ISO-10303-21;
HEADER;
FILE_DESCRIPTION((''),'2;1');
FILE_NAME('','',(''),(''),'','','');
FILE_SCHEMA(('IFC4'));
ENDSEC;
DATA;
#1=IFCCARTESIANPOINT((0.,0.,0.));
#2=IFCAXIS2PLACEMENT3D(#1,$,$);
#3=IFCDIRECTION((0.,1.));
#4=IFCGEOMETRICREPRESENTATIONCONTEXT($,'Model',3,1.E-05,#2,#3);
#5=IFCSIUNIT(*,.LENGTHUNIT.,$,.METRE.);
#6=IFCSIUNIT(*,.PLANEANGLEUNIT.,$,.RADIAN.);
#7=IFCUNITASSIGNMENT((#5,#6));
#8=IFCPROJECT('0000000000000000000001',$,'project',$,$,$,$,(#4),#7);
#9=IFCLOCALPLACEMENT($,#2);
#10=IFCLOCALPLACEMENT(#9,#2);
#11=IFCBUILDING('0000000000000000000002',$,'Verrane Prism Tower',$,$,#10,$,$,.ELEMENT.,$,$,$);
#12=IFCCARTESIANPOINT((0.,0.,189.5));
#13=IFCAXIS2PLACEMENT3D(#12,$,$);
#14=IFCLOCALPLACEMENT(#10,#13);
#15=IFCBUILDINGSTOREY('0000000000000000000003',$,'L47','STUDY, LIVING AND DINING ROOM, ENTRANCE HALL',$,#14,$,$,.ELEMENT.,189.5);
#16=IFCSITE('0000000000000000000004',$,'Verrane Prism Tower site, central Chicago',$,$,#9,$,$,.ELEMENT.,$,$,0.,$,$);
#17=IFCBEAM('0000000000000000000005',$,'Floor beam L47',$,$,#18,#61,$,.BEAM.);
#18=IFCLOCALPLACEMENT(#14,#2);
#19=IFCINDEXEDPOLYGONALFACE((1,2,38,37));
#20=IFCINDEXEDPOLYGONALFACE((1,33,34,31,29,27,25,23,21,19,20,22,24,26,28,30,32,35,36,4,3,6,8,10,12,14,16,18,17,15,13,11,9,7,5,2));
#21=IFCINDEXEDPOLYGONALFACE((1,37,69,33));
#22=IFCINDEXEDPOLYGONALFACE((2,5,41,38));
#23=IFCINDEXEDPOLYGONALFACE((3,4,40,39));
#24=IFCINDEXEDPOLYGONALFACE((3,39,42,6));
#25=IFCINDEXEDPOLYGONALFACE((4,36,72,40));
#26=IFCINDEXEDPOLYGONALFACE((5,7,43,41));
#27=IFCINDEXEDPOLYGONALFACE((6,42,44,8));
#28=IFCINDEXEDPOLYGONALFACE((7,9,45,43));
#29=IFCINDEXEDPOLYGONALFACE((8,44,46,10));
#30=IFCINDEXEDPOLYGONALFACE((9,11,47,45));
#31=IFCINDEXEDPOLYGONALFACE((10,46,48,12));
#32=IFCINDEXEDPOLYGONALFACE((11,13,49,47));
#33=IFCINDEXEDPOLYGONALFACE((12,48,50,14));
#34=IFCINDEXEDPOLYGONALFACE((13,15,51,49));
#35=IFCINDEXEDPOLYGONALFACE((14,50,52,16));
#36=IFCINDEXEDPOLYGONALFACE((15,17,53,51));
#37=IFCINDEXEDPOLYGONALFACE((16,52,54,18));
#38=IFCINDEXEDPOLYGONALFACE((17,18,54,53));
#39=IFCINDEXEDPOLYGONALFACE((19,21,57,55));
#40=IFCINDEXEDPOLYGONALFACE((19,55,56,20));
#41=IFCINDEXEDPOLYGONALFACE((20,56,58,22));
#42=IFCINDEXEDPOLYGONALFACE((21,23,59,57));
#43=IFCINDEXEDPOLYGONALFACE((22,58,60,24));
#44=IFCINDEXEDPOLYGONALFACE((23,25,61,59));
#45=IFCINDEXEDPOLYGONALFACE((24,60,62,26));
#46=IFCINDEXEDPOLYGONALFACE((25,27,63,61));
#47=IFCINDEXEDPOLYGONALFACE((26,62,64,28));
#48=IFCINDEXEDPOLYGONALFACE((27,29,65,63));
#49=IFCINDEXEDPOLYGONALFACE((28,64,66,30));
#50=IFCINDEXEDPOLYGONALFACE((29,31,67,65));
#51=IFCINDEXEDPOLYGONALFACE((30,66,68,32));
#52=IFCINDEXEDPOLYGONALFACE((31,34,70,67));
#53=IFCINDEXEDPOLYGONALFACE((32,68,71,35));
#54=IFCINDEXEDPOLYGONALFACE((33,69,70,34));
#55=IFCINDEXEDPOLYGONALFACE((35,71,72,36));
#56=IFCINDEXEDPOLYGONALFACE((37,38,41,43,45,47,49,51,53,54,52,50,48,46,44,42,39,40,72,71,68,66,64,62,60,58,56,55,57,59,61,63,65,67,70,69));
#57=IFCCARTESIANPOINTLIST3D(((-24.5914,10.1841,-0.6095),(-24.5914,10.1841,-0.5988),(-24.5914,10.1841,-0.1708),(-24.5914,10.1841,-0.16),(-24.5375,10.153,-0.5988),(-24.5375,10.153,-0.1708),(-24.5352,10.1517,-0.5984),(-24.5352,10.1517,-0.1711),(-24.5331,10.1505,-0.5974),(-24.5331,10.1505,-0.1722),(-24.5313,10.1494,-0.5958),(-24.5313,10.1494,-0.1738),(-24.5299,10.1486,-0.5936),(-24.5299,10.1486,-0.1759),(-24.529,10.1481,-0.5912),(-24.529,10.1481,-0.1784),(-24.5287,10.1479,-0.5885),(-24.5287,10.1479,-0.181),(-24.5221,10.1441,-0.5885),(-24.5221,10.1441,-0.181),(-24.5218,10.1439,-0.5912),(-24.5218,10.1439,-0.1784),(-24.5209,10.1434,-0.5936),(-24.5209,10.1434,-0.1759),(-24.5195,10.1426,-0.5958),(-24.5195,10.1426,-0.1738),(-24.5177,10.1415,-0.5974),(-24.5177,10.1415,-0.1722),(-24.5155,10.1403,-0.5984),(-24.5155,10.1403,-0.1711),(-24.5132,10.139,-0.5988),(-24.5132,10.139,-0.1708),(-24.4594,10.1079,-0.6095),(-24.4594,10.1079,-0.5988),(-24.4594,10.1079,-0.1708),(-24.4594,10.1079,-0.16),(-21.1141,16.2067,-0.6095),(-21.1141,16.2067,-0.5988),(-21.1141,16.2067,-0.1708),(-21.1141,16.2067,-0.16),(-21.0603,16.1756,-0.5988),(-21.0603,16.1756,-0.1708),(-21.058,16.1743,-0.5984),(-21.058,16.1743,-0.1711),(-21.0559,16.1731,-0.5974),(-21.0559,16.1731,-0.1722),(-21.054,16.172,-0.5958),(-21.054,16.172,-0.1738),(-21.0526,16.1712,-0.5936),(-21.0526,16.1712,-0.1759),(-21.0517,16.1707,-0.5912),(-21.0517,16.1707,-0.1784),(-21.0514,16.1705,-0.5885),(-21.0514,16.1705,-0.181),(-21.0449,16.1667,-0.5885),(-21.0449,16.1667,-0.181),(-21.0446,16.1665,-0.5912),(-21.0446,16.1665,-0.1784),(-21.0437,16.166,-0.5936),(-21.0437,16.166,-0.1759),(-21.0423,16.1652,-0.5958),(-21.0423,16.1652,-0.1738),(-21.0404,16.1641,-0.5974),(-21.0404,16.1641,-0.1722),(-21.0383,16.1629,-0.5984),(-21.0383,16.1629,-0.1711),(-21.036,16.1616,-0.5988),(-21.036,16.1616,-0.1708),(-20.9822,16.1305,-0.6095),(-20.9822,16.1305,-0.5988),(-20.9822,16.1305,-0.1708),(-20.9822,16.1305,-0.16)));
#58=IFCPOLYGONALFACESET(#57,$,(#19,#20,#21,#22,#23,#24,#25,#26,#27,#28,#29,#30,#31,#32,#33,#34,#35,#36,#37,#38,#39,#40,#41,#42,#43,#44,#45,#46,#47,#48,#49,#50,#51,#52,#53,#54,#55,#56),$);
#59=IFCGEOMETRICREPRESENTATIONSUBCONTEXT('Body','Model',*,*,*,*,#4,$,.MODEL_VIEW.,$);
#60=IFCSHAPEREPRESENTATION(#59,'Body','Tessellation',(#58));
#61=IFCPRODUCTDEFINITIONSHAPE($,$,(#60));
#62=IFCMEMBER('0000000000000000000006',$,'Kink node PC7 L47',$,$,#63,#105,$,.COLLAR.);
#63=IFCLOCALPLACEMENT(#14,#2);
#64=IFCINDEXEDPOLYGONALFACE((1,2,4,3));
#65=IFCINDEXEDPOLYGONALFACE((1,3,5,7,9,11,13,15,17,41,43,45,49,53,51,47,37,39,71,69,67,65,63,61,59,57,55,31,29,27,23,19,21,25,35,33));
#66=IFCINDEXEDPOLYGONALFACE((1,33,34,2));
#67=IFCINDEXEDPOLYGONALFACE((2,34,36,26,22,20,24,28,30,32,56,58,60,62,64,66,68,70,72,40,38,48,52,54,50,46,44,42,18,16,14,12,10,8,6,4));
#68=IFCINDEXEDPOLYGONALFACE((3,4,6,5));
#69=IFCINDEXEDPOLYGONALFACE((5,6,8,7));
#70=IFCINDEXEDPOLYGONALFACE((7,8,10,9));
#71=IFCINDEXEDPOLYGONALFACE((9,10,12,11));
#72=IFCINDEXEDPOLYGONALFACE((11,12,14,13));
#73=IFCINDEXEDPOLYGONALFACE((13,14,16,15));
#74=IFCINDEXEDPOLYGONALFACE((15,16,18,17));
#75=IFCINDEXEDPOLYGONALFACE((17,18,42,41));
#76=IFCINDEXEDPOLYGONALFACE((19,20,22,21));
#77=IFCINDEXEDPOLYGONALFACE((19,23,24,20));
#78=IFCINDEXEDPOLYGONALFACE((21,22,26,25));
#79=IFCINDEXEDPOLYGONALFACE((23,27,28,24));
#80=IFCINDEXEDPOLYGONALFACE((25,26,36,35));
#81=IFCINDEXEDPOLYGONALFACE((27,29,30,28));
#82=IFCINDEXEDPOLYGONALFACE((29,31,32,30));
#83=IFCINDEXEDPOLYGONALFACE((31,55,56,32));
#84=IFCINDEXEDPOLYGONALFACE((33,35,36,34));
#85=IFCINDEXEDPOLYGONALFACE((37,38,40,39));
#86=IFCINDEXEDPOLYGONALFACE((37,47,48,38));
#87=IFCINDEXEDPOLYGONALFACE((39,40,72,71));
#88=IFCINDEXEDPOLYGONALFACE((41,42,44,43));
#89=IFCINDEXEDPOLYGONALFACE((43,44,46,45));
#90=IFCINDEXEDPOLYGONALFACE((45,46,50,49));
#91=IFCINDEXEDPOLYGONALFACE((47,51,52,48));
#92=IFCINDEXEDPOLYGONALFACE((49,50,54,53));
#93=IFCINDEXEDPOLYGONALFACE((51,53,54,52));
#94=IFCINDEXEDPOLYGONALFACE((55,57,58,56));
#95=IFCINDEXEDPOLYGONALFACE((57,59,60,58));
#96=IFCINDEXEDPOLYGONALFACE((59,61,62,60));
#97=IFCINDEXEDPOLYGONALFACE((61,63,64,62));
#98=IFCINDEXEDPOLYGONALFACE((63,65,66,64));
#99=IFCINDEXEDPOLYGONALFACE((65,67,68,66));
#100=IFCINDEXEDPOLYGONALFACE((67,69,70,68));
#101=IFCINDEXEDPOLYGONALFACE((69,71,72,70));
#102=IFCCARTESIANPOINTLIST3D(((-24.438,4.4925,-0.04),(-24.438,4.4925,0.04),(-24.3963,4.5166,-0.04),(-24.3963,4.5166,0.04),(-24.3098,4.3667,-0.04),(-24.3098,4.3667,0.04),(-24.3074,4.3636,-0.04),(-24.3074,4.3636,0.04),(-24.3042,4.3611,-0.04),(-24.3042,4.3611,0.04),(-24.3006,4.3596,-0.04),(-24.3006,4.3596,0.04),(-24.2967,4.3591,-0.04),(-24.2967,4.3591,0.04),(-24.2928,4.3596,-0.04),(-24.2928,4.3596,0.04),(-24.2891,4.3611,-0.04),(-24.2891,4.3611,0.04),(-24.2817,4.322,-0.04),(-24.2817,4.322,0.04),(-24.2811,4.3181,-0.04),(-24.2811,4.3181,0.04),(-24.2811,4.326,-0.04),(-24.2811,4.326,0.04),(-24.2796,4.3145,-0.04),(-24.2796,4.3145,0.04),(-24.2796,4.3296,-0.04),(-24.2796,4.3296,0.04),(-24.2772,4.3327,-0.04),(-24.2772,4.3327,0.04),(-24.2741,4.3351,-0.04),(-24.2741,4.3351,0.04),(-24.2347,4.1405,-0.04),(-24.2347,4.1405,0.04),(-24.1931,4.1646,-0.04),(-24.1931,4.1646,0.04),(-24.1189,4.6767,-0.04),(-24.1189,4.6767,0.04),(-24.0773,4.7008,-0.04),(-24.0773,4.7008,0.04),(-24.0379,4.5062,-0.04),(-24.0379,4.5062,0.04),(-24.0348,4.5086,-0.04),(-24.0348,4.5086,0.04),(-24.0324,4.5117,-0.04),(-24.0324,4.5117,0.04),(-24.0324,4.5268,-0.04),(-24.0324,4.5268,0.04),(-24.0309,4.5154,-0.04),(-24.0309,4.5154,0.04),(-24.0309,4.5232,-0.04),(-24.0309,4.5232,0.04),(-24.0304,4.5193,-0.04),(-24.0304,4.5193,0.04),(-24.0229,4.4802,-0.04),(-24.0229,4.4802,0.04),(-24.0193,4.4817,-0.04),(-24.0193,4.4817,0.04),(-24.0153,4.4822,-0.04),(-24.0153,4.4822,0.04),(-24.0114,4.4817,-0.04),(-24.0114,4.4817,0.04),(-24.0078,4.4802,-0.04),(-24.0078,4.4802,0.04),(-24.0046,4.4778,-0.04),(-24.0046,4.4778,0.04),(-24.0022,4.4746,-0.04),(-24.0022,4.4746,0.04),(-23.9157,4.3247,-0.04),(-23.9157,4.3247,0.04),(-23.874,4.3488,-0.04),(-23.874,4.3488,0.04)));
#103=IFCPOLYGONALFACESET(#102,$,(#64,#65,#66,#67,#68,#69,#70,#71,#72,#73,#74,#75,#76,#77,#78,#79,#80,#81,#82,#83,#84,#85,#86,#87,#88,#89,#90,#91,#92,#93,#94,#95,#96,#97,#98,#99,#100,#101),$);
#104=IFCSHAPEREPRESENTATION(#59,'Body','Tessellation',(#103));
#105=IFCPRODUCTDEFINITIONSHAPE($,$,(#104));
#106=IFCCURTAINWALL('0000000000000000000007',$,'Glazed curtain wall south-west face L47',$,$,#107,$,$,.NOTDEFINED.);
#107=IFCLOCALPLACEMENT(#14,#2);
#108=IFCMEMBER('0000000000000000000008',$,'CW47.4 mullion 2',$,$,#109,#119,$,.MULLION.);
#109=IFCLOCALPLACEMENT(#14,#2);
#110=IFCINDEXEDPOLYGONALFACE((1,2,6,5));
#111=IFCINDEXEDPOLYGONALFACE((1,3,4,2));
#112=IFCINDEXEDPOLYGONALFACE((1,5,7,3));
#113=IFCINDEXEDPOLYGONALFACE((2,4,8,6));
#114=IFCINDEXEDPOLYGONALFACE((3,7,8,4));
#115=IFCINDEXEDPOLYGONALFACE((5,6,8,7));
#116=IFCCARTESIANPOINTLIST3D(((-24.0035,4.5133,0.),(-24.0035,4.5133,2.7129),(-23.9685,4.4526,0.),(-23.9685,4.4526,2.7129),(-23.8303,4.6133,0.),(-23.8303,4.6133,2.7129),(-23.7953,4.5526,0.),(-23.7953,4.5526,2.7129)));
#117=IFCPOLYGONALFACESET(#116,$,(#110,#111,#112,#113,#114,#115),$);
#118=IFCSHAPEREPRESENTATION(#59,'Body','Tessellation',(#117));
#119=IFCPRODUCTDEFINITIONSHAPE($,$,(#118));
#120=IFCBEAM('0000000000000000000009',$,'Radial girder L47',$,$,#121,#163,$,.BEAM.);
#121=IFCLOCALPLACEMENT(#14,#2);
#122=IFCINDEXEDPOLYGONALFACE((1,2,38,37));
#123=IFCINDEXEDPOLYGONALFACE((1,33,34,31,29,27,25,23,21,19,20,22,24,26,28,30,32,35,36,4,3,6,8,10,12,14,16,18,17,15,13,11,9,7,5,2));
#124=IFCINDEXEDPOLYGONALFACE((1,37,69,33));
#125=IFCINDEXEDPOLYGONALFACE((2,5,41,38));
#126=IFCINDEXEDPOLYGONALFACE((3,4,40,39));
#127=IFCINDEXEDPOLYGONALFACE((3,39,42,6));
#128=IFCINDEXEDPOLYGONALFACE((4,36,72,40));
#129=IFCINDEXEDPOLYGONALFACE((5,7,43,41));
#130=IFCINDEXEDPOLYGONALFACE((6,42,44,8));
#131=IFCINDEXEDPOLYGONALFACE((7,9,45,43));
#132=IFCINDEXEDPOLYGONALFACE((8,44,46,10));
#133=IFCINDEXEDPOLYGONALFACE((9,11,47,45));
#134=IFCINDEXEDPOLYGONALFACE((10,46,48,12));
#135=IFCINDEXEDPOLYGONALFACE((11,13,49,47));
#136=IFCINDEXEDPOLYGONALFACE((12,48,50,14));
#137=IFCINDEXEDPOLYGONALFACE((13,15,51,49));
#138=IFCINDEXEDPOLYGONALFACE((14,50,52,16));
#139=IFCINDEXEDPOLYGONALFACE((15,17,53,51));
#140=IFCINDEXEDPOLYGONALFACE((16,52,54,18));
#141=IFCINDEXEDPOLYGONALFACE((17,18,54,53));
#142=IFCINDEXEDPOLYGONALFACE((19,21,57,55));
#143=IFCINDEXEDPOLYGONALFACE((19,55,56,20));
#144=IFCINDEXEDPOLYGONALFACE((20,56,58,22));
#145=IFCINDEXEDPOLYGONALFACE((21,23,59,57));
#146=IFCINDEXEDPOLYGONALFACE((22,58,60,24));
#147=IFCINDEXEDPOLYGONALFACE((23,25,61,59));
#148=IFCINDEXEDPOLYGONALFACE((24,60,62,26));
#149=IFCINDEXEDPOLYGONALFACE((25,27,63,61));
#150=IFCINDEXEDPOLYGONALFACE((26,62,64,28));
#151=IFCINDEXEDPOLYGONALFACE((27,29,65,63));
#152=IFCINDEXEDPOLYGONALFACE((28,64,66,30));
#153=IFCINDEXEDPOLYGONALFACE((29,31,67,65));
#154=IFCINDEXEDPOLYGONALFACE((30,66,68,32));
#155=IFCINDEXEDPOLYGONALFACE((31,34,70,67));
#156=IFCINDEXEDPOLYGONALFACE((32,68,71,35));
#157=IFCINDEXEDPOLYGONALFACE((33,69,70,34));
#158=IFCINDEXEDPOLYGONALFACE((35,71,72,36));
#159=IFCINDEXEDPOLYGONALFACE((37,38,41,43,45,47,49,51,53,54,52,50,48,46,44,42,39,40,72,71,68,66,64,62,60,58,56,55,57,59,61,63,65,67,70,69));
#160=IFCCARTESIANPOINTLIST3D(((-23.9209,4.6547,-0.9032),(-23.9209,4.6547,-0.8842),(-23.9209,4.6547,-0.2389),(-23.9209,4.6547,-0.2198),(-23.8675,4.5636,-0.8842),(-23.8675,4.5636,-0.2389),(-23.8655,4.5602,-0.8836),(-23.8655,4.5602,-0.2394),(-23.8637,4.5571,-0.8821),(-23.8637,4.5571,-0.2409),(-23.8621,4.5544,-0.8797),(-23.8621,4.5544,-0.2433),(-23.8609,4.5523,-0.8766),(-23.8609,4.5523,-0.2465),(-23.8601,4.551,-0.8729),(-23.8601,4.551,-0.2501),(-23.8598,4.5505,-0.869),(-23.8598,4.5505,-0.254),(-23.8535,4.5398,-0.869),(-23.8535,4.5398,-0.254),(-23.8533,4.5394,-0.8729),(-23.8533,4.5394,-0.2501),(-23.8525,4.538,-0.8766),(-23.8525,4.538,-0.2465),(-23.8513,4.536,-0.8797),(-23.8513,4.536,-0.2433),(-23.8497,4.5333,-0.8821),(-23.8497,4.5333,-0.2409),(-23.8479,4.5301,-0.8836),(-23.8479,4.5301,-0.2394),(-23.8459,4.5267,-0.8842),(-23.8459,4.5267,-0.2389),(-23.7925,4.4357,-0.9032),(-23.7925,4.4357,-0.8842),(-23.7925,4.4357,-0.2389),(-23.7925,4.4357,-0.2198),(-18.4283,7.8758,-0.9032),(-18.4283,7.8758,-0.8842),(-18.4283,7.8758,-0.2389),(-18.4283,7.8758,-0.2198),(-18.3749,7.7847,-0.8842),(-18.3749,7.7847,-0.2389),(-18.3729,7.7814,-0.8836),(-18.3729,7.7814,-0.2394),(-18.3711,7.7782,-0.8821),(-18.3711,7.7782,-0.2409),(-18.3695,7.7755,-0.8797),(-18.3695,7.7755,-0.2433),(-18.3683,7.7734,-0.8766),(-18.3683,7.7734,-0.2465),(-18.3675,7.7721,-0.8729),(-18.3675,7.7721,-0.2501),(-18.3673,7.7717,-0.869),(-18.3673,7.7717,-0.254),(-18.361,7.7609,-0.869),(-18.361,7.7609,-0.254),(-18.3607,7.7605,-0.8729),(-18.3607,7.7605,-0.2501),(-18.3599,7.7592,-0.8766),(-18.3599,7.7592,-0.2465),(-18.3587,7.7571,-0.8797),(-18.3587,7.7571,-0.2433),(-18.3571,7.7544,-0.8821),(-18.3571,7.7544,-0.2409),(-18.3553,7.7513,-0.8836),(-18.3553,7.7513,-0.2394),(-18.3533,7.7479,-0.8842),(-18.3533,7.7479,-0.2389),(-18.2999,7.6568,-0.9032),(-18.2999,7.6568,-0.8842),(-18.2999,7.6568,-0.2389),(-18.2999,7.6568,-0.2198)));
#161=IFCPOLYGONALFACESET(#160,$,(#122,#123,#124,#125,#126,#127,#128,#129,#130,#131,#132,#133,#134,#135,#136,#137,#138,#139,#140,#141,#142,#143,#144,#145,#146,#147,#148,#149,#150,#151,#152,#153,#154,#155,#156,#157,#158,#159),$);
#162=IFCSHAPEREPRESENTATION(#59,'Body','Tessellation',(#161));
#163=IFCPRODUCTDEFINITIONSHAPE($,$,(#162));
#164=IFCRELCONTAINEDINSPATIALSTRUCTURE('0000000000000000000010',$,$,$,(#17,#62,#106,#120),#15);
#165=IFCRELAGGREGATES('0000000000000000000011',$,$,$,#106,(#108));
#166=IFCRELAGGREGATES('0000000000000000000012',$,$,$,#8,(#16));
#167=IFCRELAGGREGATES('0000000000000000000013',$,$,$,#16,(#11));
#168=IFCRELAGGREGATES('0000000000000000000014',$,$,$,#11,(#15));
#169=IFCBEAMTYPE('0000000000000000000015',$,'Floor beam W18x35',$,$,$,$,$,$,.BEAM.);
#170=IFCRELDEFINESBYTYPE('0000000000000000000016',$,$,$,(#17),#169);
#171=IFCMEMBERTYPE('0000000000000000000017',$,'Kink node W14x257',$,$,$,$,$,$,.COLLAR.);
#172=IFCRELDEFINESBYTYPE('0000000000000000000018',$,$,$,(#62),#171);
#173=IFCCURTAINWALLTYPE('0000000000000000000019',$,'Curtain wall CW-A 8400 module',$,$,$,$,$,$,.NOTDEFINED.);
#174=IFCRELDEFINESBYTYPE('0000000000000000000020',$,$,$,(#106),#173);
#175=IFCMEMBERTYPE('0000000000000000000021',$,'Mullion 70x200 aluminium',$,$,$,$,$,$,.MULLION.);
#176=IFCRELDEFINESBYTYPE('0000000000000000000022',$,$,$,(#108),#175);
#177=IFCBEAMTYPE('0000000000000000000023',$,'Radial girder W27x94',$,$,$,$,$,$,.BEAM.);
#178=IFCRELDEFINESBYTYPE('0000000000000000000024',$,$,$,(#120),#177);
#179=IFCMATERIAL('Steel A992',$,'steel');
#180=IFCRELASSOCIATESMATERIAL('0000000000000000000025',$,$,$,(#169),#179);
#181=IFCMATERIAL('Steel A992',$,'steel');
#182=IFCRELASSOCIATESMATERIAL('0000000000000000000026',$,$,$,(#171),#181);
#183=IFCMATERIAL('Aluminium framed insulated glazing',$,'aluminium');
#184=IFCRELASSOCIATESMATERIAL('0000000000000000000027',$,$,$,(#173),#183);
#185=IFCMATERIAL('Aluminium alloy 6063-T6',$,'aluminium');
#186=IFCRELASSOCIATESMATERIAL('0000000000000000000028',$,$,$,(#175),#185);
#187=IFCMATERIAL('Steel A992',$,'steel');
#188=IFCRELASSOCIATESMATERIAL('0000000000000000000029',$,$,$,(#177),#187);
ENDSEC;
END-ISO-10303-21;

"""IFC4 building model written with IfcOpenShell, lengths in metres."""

from ifc_helpers import new_model, si_unit, direction, frame, origin, origin_2d, place, context, subcontext, project, spatial, rectangle, i_section, extrude, material, material_profile, profile_set, type_object, element, aggregate, save


model = new_model("IFC4")

# Units and contexts
model_context = context("Model", 3, precision=1e-05, world=origin(), true_north=direction((0.0, 1.0)))
body_context = subcontext(model_context, "Body", "Model", "MODEL_VIEW")
ifc_project = project(units=[si_unit("LENGTHUNIT", "METRE"), si_unit("PLANEANGLEUNIT", "RADIAN")], contexts=[model_context])

# Site, building, storey
site_placement = place(None, origin())
site = spatial("IfcSite", under=ifc_project, at=site_placement, Name="Verrane Prism Tower site, central Chicago", CompositionType="ELEMENT", RefElevation=0.0)
building_placement = place(site_placement, origin())
building = spatial("IfcBuilding", under=site, at=building_placement, Name="Verrane Prism Tower", CompositionType="ELEMENT")
storey_placement = place(building_placement, frame((0.0, 0.0, 189.5)))
storey = spatial("IfcBuildingStorey", under=building, at=storey_placement, Name="L47", Description="STUDY, LIVING AND DINING ROOM, ENTRANCE HALL", CompositionType="ELEMENT", Elevation=189.5)

# Beam
ifc_material_1 = material(Name="Steel A992", Category="steel")
ifc_material_profile_1 = material_profile(ifc_material_1, i_section(OverallWidth=0.1523, OverallDepth=0.4495, WebThickness=0.0076, FlangeThickness=0.0107, FilletRadius=0.0103, at=origin_2d()), Name="W18x35")
ifc_profile_set_1 = profile_set([ifc_material_profile_1], Name="Steel A992")
beam_type_1 = type_object("IfcBeamType", Name="Floor beam W18x35", PredefinedType="BEAM", material=ifc_profile_set_1)
beam_1_placement = place(storey_placement, frame((-24.5254, 10.146, -0.3848), z_axis=(0.500009, 0.86602, 0.0), x_axis=(-0.86602, 0.500009, 0.0)))
element("IfcBeam", 1, at=beam_1_placement, inside=storey, type_object=beam_type_1, Name="Floor beam L47", PredefinedType="BEAM", context=body_context, shape_type="SweptSolid", body=[
    extrude(i_section(OverallWidth=0.1523, OverallDepth=0.4495, WebThickness=0.0076, FlangeThickness=0.0107, FilletRadius=0.0103, at=origin_2d()), origin(), (0.0, 0.0, 1.0), 6.9543),
])

# Member
ifc_material_2 = material(Name="Steel A992", Category="steel")
ifc_material_profile_2 = material_profile(ifc_material_2, i_section(OverallWidth=0.4065, OverallDepth=0.4165, WebThickness=0.03, FlangeThickness=0.0481, FilletRadius=0.0151, at=origin_2d()), Name="W14x257")
ifc_profile_set_2 = profile_set([ifc_material_profile_2], Name="Steel A992")
member_type_1 = type_object("IfcMemberType", Name="Kink node W14x257", PredefinedType="COLLAR", material=ifc_profile_set_2)
member_1_placement = place(storey_placement, frame((-24.156, 4.4207, -0.04), z_axis=(0.0, 0.0, 1.0), x_axis=(-0.5, 0.866025, 0.0)))
element("IfcMember", 2, at=member_1_placement, inside=storey, type_object=member_type_1, Name="Kink node PC7 L47", PredefinedType="COLLAR", context=body_context, shape_type="SweptSolid", body=[
    extrude(i_section(OverallWidth=0.4065, OverallDepth=0.4165, WebThickness=0.03, FlangeThickness=0.0481, FilletRadius=0.0151, at=origin_2d()), origin(), (0.0, 0.0, 1.0), 0.0801),
])

# Curtain wall, member
ifc_material_3 = material(Name="Aluminium framed insulated glazing", Category="aluminium")
curtain_wall_type = type_object("IfcCurtainWallType", Name="Curtain wall CW-A 8400 module", PredefinedType="NOTDEFINED", material=ifc_material_3)
curtain_wall_placement = place(storey_placement, origin())
curtain_wall = element("IfcCurtainWall", 3, at=curtain_wall_placement, inside=storey, type_object=curtain_wall_type, Name="Glazed curtain wall south-west face L47", PredefinedType="NOTDEFINED")
ifc_material_4 = material(Name="Aluminium alloy 6063-T6", Category="aluminium")
ifc_material_profile_3 = material_profile(ifc_material_4, rectangle(XDim=0.2, YDim=0.0701, at=origin_2d()), Name="Mullion 70x200 aluminium")
ifc_profile_set_3 = profile_set([ifc_material_profile_3], Name="Aluminium alloy 6063-T6")
member_type_2 = type_object("IfcMemberType", Name="Mullion 70x200 aluminium", PredefinedType="MULLION", material=ifc_profile_set_3)
member_2_placement = place(storey_placement, frame((-23.8994, 4.533, 0.0), z_axis=(0.0, 0.0, 1.0), x_axis=(0.866026, 0.5, 0.0)))
member_2 = element("IfcMember", 4, at=member_2_placement, type_object=member_type_2, Name="CW47.4 mullion 2", PredefinedType="MULLION", context=body_context, shape_type="SweptSolid", body=[
    extrude(rectangle(XDim=0.2, YDim=0.0701, at=origin_2d()), origin(), (0.0, 0.0, 1.0), 2.7129),
])

# Beam
ifc_material_5 = material(Name="Steel A992", Category="steel")
ifc_material_profile_4 = material_profile(ifc_material_5, i_section(OverallWidth=0.2539, OverallDepth=0.6833, WebThickness=0.0125, FlangeThickness=0.019, FilletRadius=0.0151, at=origin_2d()), Name="W27x94")
ifc_profile_set_4 = profile_set([ifc_material_profile_4], Name="Steel A992")
beam_type_2 = type_object("IfcBeamType", Name="Radial girder W27x94", PredefinedType="BEAM", material=ifc_profile_set_4)
beam_2_placement = place(storey_placement, frame((-23.8567, 4.5452, -0.5615), z_axis=(0.862606, 0.505877, 0.0), x_axis=(-0.505877, 0.862606, 0.0)))
element("IfcBeam", 5, at=beam_2_placement, inside=storey, type_object=beam_type_2, Name="Radial girder L47", PredefinedType="BEAM", context=body_context, shape_type="SweptSolid", body=[
    extrude(i_section(OverallWidth=0.2539, OverallDepth=0.6833, WebThickness=0.0125, FlangeThickness=0.019, FilletRadius=0.0151, at=origin_2d()), origin(), (0.0, 0.0, 1.0), 6.3674),
])

aggregate(curtain_wall, [member_2])

save(model, "model.ifc")
